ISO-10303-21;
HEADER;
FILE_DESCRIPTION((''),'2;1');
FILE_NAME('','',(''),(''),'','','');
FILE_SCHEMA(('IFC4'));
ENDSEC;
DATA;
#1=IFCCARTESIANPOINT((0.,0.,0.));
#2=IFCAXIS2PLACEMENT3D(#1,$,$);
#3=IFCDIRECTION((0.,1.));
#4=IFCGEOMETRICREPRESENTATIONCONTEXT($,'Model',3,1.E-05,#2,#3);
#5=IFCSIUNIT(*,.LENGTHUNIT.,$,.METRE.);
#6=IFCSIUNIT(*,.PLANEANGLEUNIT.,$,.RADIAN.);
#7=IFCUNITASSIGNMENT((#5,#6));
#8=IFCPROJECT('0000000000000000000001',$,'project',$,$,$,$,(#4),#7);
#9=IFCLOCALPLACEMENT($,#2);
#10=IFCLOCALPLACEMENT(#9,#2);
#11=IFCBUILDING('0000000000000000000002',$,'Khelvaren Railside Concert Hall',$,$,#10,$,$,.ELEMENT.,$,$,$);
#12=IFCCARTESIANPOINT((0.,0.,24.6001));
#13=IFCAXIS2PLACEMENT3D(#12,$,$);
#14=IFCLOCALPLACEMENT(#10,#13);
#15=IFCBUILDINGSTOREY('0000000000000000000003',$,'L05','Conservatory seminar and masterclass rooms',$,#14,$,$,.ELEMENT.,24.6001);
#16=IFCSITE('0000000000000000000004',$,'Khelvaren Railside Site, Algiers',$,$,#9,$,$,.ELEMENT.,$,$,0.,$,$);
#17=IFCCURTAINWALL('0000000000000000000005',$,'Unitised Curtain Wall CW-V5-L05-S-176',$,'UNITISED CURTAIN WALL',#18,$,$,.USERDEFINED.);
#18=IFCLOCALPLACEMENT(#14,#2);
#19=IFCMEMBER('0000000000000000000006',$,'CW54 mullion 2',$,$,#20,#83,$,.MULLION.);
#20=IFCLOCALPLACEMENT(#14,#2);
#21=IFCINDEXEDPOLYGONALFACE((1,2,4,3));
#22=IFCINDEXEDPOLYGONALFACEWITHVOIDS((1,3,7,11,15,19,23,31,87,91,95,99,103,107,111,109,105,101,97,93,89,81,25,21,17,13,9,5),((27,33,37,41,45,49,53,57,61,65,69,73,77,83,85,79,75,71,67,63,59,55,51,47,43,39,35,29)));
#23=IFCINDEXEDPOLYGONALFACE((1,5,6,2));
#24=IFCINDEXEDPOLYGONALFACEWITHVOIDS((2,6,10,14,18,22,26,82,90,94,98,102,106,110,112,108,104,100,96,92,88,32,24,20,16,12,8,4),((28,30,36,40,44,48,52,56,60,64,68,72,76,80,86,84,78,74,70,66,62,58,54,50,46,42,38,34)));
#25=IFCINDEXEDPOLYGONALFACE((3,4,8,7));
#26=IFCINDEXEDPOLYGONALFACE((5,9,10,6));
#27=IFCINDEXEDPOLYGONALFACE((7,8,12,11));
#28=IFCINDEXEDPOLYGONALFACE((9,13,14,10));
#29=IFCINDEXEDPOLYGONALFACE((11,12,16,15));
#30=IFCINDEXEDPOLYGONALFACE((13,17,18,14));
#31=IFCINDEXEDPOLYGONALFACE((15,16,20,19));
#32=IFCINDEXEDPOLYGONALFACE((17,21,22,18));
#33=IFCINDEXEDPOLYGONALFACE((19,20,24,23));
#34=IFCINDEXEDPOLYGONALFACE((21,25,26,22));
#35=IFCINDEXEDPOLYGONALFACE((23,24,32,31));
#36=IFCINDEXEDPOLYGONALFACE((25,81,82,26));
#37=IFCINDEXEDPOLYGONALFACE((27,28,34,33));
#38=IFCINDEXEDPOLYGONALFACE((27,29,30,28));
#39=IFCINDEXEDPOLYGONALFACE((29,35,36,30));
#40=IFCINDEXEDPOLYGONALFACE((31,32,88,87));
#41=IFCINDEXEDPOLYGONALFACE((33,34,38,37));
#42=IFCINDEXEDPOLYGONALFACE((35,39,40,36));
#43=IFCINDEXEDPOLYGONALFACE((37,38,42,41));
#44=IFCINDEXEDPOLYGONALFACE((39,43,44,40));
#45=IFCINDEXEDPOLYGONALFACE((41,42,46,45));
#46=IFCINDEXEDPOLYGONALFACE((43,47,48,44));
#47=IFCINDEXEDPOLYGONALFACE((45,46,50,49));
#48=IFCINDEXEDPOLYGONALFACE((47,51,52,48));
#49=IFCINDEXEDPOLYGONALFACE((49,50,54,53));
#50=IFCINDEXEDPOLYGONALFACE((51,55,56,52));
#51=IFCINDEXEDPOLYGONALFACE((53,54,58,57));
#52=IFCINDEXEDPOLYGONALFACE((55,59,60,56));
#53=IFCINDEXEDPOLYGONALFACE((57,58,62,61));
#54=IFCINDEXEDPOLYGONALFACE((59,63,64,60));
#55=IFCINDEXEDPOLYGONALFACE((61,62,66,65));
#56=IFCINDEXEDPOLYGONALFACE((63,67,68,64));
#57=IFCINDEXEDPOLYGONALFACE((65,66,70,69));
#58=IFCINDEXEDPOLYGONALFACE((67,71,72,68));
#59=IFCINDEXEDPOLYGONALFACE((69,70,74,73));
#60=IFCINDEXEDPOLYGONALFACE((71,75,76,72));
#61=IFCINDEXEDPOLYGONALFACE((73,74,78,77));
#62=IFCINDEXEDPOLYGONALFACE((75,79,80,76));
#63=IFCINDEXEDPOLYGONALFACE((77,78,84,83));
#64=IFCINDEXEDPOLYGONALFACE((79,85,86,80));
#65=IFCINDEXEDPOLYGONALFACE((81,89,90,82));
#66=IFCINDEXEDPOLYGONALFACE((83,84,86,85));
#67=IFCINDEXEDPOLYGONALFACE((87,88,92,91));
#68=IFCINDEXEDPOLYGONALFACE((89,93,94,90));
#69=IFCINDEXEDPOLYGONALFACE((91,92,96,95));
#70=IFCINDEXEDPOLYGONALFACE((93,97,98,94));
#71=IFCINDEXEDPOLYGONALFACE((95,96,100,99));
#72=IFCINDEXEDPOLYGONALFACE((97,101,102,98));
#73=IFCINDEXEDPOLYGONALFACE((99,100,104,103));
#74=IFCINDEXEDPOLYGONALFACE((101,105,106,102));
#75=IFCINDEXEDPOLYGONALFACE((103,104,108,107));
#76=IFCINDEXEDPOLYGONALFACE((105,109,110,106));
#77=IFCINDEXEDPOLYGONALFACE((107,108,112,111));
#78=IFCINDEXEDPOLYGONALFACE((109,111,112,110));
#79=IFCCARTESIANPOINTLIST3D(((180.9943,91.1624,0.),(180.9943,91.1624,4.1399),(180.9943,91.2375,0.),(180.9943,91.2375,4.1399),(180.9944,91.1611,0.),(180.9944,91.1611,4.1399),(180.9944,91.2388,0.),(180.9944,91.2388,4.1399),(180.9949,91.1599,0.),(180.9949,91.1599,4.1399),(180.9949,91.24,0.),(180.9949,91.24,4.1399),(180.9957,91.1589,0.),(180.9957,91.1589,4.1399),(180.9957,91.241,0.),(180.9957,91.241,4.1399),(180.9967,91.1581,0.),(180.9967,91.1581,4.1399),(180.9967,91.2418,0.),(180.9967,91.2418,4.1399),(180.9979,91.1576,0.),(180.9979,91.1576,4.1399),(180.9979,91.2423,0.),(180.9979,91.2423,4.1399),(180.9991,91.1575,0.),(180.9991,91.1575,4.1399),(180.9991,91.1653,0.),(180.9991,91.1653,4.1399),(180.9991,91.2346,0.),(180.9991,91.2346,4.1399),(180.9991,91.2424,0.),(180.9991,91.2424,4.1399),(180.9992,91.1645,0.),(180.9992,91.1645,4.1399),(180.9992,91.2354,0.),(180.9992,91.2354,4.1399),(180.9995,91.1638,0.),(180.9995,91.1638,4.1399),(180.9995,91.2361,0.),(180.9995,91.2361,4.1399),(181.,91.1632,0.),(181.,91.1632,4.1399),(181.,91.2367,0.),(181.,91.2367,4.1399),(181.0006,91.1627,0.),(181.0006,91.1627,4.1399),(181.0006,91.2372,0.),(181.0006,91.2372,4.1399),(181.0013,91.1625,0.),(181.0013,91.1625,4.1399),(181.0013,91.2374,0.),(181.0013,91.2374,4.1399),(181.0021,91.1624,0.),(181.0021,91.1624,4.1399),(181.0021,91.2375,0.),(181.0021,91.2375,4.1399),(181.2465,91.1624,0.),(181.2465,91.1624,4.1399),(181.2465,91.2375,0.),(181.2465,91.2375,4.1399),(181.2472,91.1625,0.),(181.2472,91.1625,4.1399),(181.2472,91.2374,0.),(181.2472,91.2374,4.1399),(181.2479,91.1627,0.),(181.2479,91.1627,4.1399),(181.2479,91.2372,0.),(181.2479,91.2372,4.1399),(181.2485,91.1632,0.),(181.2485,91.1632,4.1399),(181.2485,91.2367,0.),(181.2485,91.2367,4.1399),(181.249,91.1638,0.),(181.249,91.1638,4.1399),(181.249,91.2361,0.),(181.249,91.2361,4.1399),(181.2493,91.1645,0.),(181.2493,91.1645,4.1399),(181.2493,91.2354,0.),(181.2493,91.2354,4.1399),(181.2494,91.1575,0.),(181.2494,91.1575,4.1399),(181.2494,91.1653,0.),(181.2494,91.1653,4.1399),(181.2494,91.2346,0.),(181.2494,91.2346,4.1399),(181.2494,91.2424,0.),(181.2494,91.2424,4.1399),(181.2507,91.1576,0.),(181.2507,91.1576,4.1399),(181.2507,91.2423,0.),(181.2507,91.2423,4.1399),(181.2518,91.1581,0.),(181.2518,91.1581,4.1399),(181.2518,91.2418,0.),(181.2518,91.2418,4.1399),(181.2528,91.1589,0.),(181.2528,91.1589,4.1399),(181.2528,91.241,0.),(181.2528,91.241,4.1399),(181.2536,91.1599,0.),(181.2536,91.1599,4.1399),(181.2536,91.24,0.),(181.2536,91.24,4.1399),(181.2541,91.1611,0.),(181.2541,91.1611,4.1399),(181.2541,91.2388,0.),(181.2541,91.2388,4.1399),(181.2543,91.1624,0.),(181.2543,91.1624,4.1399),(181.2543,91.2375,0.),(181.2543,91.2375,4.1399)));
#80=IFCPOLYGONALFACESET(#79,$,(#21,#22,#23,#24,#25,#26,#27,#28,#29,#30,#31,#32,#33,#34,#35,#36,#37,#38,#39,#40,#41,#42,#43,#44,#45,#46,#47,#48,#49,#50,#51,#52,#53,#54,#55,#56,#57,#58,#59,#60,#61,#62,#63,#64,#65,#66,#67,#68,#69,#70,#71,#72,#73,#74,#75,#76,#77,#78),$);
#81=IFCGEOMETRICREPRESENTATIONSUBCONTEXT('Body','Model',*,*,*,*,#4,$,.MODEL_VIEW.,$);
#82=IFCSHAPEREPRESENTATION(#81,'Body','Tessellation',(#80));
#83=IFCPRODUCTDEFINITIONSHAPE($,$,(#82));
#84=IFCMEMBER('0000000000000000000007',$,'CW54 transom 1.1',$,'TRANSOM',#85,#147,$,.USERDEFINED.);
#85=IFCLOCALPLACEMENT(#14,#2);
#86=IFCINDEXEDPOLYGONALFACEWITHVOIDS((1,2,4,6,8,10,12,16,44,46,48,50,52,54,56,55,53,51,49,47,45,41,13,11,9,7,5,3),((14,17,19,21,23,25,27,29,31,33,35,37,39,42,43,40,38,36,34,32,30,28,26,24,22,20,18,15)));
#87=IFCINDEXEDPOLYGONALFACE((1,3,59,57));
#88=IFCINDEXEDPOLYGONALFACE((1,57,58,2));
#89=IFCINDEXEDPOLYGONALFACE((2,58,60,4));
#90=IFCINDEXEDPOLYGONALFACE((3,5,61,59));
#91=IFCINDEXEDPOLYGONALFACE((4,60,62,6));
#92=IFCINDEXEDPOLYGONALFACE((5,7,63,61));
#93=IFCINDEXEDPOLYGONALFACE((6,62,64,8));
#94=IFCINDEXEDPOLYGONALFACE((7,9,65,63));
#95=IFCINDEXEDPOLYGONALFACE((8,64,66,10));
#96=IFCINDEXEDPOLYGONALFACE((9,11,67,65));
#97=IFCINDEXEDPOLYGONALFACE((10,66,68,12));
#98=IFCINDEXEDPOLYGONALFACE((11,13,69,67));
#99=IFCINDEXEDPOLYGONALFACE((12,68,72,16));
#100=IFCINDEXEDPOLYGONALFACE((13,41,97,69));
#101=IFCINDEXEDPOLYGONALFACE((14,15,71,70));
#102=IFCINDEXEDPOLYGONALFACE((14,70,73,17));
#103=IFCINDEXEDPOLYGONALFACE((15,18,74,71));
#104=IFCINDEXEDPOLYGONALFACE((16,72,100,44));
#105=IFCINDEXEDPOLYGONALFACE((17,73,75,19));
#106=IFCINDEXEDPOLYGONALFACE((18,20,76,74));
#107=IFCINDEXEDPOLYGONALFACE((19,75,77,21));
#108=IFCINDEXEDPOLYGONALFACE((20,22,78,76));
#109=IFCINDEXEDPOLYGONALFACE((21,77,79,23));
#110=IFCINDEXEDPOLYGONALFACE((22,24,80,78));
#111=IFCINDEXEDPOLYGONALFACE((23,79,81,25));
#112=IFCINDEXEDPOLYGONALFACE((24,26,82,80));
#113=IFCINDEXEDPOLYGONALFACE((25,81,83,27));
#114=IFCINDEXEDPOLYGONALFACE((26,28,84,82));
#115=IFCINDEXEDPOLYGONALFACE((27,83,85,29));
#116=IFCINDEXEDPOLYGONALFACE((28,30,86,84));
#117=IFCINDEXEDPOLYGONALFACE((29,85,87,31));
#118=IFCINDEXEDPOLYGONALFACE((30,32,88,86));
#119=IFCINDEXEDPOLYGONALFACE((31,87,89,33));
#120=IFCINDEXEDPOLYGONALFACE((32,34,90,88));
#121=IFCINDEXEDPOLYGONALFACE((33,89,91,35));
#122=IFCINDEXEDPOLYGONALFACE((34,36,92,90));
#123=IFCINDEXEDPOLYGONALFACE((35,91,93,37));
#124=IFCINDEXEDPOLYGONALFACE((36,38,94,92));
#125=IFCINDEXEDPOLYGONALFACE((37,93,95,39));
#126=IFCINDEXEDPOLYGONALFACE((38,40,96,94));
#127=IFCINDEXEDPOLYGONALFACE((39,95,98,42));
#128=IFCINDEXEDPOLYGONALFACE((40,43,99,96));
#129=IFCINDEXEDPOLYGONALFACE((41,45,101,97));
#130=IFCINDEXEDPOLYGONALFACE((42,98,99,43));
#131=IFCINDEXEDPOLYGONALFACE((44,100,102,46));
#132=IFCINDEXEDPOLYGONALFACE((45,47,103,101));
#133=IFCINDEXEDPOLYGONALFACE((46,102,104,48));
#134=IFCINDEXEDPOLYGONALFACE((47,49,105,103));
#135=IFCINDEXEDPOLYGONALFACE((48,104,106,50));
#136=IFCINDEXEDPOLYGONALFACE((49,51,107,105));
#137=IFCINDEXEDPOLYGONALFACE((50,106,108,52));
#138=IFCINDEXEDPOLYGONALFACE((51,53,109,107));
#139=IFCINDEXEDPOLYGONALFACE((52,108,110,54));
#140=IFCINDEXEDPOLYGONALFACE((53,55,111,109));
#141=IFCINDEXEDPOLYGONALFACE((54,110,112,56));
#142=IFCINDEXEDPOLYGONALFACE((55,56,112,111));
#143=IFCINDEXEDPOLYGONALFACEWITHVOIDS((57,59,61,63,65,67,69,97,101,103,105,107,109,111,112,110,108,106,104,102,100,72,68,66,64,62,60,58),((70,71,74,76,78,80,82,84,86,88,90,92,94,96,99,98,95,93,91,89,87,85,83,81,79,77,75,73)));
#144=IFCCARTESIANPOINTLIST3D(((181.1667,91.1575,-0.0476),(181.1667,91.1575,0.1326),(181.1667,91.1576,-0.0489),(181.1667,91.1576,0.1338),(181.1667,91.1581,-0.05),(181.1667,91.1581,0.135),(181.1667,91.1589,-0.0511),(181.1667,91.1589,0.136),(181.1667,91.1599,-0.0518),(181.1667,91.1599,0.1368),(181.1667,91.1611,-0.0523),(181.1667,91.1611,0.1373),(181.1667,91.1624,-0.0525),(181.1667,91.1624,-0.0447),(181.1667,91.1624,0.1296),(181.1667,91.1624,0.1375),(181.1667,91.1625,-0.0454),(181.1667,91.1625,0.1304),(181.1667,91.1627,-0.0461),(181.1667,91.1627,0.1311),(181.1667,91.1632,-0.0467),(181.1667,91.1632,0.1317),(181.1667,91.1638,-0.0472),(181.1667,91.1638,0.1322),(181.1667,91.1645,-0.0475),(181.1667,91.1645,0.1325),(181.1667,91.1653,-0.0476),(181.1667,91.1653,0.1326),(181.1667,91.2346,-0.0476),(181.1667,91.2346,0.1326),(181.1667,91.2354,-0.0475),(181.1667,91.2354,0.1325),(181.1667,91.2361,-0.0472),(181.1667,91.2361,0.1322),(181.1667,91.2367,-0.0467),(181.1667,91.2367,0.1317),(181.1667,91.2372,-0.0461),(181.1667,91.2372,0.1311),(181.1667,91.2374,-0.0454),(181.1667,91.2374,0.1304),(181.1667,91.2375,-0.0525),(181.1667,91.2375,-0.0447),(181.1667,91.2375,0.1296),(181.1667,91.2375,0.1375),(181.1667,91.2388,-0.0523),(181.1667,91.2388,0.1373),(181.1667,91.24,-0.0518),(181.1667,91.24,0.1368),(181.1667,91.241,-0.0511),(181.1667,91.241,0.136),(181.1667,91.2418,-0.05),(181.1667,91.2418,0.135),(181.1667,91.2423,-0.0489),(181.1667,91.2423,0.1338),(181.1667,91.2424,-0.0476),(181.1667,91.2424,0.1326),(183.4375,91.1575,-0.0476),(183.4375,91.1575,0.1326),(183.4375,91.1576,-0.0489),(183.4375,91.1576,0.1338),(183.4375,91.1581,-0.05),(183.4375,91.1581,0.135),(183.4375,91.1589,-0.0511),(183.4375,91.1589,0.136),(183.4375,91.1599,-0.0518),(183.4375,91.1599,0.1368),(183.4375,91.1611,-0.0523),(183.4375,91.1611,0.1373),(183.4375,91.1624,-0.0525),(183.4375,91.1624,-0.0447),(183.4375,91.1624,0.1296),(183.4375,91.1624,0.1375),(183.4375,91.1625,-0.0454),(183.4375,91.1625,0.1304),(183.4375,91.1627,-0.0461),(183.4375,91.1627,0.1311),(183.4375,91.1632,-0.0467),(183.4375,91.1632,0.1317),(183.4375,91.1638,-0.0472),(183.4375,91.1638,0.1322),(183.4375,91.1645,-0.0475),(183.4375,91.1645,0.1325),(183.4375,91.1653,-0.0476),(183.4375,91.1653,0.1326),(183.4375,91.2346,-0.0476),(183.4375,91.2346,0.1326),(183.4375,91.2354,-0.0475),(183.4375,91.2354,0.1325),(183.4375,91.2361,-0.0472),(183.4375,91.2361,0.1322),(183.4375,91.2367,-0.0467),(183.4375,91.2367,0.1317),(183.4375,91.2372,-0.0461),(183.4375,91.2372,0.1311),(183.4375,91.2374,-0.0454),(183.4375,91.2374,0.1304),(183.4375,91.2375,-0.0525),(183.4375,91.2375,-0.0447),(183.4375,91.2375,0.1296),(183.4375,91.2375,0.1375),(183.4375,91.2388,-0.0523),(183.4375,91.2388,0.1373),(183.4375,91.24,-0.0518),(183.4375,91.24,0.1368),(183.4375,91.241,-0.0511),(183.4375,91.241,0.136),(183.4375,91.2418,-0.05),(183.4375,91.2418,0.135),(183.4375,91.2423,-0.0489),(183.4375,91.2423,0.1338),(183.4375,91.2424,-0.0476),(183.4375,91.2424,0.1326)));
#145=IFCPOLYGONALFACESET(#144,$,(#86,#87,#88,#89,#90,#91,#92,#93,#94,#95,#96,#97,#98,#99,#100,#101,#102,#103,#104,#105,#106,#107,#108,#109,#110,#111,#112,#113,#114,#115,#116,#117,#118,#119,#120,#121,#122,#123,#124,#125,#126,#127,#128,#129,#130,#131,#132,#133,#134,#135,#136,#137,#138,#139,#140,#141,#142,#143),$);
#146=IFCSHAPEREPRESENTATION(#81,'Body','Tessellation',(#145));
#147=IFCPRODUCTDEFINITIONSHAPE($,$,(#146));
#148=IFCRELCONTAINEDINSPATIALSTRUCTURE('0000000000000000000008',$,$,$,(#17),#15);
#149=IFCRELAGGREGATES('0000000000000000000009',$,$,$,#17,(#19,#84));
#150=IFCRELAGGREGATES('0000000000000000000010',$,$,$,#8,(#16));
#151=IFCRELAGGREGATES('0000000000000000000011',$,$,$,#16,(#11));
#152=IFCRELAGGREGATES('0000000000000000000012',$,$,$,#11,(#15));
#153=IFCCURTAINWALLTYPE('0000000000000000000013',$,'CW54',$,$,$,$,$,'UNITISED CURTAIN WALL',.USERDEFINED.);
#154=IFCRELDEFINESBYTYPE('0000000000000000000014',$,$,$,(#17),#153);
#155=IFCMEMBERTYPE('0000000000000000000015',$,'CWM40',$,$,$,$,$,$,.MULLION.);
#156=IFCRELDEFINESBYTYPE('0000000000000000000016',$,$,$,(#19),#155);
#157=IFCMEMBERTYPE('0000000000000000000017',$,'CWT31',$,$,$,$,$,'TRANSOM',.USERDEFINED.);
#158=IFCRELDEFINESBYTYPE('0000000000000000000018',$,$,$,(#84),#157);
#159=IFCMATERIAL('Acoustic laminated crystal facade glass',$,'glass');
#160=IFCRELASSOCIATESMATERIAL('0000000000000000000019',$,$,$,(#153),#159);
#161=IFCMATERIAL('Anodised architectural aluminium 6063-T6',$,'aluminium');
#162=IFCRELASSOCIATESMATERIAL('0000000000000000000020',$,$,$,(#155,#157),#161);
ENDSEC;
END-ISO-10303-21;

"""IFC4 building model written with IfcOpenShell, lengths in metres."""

from ifc_helpers import new_model, si_unit, direction, frame, origin, origin_2d, place, context, subcontext, project, spatial, hollow_rectangle, extrude, material, material_profile, profile_set, type_object, element, aggregate, save


model = new_model("IFC4")

# Units and contexts
model_context = context("Model", 3, precision=1e-05, world=origin(), true_north=direction((0.0, 1.0)))
body_context = subcontext(model_context, "Body", "Model", "MODEL_VIEW")
ifc_project = project(units=[si_unit("LENGTHUNIT", "METRE"), si_unit("PLANEANGLEUNIT", "RADIAN")], contexts=[model_context])

# Site, building, storey
site_placement = place(None, origin())
site = spatial("IfcSite", under=ifc_project, at=site_placement, Name="Khelvaren Railside Site, Algiers", CompositionType="ELEMENT", RefElevation=0.0)
building_placement = place(site_placement, origin())
building = spatial("IfcBuilding", under=site, at=building_placement, Name="Khelvaren Railside Concert Hall", CompositionType="ELEMENT")
storey_placement = place(building_placement, frame((0.0, 0.0, 24.6001)))
storey = spatial("IfcBuildingStorey", under=building, at=storey_placement, Name="L05", Description="Conservatory seminar and masterclass rooms", CompositionType="ELEMENT", Elevation=24.6001)

# Shared definitions
ifc_material_1 = material(Name="Anodised architectural aluminium 6063-T6", Category="aluminium")

# Curtain wall, members
ifc_material_2 = material(Name="Acoustic laminated crystal facade glass", Category="glass")
curtain_wall_type_1 = type_object("IfcCurtainWallType", Name="CW54", ElementType="UNITISED CURTAIN WALL", PredefinedType="USERDEFINED", material=ifc_material_2)
curtain_wall_1_placement = place(storey_placement, origin())
curtain_wall_1 = element("IfcCurtainWall", 1, at=curtain_wall_1_placement, inside=storey, type_object=curtain_wall_type_1, Name="Unitised Curtain Wall CW-V5-L05-S-176", ObjectType="UNITISED CURTAIN WALL", PredefinedType="USERDEFINED")
ifc_material_profile_1 = material_profile(ifc_material_1, hollow_rectangle(XDim=0.085, YDim=0.26, WallThickness=0.0049, InnerFilletRadius=0.0029, OuterFilletRadius=0.0049, at=origin_2d()), Name="CWM 85x260x5")
ifc_profile_set_1 = profile_set([ifc_material_profile_1], Name="Anodised architectural aluminium 6063-T6")
member_type_1 = type_object("IfcMemberType", Name="CWM40", PredefinedType="MULLION", material=ifc_profile_set_1)
member_1_placement = place(storey_placement, frame((181.1243, 91.2, 0.0), z_axis=(0.0, 0.0, 1.0), x_axis=(0.0, -1.0, 0.0)))
member_1 = element("IfcMember", 2, at=member_1_placement, type_object=member_type_1, Name="CW54 mullion 2", PredefinedType="MULLION", context=body_context, shape_type="SweptSolid", body=[
    extrude(hollow_rectangle(XDim=0.085, YDim=0.26, WallThickness=0.0049, InnerFilletRadius=0.0029, OuterFilletRadius=0.0049, at=origin_2d()), origin(), (0.0, 0.0, 1.0), 4.1399),
])
ifc_material_profile_2 = material_profile(ifc_material_1, hollow_rectangle(XDim=0.085, YDim=0.1899, WallThickness=0.0049, InnerFilletRadius=0.0029, OuterFilletRadius=0.0049, at=origin_2d()), Name="CWT 85x190x5")
ifc_profile_set_2 = profile_set([ifc_material_profile_2], Name="Anodised architectural aluminium 6063-T6")
member_type_2 = type_object("IfcMemberType", Name="CWT31", ElementType="TRANSOM", PredefinedType="USERDEFINED", material=ifc_profile_set_2)
member_2_placement = place(storey_placement, frame((183.4375, 91.2, 0.0425), z_axis=(-1.0, 0.0, 0.0), x_axis=(0.0, -1.0, 0.0)))
member_2 = element("IfcMember", 3, at=member_2_placement, type_object=member_type_2, Name="CW54 transom 1.1", ObjectType="TRANSOM", PredefinedType="USERDEFINED", context=body_context, shape_type="SweptSolid", body=[
    extrude(hollow_rectangle(XDim=0.085, YDim=0.1899, WallThickness=0.0049, InnerFilletRadius=0.0029, OuterFilletRadius=0.0049, at=origin_2d()), origin(), (0.0, 0.0, 1.0), 2.2708),
])

aggregate(curtain_wall_1, [member_1, member_2])

save(model, "model.ifc")
